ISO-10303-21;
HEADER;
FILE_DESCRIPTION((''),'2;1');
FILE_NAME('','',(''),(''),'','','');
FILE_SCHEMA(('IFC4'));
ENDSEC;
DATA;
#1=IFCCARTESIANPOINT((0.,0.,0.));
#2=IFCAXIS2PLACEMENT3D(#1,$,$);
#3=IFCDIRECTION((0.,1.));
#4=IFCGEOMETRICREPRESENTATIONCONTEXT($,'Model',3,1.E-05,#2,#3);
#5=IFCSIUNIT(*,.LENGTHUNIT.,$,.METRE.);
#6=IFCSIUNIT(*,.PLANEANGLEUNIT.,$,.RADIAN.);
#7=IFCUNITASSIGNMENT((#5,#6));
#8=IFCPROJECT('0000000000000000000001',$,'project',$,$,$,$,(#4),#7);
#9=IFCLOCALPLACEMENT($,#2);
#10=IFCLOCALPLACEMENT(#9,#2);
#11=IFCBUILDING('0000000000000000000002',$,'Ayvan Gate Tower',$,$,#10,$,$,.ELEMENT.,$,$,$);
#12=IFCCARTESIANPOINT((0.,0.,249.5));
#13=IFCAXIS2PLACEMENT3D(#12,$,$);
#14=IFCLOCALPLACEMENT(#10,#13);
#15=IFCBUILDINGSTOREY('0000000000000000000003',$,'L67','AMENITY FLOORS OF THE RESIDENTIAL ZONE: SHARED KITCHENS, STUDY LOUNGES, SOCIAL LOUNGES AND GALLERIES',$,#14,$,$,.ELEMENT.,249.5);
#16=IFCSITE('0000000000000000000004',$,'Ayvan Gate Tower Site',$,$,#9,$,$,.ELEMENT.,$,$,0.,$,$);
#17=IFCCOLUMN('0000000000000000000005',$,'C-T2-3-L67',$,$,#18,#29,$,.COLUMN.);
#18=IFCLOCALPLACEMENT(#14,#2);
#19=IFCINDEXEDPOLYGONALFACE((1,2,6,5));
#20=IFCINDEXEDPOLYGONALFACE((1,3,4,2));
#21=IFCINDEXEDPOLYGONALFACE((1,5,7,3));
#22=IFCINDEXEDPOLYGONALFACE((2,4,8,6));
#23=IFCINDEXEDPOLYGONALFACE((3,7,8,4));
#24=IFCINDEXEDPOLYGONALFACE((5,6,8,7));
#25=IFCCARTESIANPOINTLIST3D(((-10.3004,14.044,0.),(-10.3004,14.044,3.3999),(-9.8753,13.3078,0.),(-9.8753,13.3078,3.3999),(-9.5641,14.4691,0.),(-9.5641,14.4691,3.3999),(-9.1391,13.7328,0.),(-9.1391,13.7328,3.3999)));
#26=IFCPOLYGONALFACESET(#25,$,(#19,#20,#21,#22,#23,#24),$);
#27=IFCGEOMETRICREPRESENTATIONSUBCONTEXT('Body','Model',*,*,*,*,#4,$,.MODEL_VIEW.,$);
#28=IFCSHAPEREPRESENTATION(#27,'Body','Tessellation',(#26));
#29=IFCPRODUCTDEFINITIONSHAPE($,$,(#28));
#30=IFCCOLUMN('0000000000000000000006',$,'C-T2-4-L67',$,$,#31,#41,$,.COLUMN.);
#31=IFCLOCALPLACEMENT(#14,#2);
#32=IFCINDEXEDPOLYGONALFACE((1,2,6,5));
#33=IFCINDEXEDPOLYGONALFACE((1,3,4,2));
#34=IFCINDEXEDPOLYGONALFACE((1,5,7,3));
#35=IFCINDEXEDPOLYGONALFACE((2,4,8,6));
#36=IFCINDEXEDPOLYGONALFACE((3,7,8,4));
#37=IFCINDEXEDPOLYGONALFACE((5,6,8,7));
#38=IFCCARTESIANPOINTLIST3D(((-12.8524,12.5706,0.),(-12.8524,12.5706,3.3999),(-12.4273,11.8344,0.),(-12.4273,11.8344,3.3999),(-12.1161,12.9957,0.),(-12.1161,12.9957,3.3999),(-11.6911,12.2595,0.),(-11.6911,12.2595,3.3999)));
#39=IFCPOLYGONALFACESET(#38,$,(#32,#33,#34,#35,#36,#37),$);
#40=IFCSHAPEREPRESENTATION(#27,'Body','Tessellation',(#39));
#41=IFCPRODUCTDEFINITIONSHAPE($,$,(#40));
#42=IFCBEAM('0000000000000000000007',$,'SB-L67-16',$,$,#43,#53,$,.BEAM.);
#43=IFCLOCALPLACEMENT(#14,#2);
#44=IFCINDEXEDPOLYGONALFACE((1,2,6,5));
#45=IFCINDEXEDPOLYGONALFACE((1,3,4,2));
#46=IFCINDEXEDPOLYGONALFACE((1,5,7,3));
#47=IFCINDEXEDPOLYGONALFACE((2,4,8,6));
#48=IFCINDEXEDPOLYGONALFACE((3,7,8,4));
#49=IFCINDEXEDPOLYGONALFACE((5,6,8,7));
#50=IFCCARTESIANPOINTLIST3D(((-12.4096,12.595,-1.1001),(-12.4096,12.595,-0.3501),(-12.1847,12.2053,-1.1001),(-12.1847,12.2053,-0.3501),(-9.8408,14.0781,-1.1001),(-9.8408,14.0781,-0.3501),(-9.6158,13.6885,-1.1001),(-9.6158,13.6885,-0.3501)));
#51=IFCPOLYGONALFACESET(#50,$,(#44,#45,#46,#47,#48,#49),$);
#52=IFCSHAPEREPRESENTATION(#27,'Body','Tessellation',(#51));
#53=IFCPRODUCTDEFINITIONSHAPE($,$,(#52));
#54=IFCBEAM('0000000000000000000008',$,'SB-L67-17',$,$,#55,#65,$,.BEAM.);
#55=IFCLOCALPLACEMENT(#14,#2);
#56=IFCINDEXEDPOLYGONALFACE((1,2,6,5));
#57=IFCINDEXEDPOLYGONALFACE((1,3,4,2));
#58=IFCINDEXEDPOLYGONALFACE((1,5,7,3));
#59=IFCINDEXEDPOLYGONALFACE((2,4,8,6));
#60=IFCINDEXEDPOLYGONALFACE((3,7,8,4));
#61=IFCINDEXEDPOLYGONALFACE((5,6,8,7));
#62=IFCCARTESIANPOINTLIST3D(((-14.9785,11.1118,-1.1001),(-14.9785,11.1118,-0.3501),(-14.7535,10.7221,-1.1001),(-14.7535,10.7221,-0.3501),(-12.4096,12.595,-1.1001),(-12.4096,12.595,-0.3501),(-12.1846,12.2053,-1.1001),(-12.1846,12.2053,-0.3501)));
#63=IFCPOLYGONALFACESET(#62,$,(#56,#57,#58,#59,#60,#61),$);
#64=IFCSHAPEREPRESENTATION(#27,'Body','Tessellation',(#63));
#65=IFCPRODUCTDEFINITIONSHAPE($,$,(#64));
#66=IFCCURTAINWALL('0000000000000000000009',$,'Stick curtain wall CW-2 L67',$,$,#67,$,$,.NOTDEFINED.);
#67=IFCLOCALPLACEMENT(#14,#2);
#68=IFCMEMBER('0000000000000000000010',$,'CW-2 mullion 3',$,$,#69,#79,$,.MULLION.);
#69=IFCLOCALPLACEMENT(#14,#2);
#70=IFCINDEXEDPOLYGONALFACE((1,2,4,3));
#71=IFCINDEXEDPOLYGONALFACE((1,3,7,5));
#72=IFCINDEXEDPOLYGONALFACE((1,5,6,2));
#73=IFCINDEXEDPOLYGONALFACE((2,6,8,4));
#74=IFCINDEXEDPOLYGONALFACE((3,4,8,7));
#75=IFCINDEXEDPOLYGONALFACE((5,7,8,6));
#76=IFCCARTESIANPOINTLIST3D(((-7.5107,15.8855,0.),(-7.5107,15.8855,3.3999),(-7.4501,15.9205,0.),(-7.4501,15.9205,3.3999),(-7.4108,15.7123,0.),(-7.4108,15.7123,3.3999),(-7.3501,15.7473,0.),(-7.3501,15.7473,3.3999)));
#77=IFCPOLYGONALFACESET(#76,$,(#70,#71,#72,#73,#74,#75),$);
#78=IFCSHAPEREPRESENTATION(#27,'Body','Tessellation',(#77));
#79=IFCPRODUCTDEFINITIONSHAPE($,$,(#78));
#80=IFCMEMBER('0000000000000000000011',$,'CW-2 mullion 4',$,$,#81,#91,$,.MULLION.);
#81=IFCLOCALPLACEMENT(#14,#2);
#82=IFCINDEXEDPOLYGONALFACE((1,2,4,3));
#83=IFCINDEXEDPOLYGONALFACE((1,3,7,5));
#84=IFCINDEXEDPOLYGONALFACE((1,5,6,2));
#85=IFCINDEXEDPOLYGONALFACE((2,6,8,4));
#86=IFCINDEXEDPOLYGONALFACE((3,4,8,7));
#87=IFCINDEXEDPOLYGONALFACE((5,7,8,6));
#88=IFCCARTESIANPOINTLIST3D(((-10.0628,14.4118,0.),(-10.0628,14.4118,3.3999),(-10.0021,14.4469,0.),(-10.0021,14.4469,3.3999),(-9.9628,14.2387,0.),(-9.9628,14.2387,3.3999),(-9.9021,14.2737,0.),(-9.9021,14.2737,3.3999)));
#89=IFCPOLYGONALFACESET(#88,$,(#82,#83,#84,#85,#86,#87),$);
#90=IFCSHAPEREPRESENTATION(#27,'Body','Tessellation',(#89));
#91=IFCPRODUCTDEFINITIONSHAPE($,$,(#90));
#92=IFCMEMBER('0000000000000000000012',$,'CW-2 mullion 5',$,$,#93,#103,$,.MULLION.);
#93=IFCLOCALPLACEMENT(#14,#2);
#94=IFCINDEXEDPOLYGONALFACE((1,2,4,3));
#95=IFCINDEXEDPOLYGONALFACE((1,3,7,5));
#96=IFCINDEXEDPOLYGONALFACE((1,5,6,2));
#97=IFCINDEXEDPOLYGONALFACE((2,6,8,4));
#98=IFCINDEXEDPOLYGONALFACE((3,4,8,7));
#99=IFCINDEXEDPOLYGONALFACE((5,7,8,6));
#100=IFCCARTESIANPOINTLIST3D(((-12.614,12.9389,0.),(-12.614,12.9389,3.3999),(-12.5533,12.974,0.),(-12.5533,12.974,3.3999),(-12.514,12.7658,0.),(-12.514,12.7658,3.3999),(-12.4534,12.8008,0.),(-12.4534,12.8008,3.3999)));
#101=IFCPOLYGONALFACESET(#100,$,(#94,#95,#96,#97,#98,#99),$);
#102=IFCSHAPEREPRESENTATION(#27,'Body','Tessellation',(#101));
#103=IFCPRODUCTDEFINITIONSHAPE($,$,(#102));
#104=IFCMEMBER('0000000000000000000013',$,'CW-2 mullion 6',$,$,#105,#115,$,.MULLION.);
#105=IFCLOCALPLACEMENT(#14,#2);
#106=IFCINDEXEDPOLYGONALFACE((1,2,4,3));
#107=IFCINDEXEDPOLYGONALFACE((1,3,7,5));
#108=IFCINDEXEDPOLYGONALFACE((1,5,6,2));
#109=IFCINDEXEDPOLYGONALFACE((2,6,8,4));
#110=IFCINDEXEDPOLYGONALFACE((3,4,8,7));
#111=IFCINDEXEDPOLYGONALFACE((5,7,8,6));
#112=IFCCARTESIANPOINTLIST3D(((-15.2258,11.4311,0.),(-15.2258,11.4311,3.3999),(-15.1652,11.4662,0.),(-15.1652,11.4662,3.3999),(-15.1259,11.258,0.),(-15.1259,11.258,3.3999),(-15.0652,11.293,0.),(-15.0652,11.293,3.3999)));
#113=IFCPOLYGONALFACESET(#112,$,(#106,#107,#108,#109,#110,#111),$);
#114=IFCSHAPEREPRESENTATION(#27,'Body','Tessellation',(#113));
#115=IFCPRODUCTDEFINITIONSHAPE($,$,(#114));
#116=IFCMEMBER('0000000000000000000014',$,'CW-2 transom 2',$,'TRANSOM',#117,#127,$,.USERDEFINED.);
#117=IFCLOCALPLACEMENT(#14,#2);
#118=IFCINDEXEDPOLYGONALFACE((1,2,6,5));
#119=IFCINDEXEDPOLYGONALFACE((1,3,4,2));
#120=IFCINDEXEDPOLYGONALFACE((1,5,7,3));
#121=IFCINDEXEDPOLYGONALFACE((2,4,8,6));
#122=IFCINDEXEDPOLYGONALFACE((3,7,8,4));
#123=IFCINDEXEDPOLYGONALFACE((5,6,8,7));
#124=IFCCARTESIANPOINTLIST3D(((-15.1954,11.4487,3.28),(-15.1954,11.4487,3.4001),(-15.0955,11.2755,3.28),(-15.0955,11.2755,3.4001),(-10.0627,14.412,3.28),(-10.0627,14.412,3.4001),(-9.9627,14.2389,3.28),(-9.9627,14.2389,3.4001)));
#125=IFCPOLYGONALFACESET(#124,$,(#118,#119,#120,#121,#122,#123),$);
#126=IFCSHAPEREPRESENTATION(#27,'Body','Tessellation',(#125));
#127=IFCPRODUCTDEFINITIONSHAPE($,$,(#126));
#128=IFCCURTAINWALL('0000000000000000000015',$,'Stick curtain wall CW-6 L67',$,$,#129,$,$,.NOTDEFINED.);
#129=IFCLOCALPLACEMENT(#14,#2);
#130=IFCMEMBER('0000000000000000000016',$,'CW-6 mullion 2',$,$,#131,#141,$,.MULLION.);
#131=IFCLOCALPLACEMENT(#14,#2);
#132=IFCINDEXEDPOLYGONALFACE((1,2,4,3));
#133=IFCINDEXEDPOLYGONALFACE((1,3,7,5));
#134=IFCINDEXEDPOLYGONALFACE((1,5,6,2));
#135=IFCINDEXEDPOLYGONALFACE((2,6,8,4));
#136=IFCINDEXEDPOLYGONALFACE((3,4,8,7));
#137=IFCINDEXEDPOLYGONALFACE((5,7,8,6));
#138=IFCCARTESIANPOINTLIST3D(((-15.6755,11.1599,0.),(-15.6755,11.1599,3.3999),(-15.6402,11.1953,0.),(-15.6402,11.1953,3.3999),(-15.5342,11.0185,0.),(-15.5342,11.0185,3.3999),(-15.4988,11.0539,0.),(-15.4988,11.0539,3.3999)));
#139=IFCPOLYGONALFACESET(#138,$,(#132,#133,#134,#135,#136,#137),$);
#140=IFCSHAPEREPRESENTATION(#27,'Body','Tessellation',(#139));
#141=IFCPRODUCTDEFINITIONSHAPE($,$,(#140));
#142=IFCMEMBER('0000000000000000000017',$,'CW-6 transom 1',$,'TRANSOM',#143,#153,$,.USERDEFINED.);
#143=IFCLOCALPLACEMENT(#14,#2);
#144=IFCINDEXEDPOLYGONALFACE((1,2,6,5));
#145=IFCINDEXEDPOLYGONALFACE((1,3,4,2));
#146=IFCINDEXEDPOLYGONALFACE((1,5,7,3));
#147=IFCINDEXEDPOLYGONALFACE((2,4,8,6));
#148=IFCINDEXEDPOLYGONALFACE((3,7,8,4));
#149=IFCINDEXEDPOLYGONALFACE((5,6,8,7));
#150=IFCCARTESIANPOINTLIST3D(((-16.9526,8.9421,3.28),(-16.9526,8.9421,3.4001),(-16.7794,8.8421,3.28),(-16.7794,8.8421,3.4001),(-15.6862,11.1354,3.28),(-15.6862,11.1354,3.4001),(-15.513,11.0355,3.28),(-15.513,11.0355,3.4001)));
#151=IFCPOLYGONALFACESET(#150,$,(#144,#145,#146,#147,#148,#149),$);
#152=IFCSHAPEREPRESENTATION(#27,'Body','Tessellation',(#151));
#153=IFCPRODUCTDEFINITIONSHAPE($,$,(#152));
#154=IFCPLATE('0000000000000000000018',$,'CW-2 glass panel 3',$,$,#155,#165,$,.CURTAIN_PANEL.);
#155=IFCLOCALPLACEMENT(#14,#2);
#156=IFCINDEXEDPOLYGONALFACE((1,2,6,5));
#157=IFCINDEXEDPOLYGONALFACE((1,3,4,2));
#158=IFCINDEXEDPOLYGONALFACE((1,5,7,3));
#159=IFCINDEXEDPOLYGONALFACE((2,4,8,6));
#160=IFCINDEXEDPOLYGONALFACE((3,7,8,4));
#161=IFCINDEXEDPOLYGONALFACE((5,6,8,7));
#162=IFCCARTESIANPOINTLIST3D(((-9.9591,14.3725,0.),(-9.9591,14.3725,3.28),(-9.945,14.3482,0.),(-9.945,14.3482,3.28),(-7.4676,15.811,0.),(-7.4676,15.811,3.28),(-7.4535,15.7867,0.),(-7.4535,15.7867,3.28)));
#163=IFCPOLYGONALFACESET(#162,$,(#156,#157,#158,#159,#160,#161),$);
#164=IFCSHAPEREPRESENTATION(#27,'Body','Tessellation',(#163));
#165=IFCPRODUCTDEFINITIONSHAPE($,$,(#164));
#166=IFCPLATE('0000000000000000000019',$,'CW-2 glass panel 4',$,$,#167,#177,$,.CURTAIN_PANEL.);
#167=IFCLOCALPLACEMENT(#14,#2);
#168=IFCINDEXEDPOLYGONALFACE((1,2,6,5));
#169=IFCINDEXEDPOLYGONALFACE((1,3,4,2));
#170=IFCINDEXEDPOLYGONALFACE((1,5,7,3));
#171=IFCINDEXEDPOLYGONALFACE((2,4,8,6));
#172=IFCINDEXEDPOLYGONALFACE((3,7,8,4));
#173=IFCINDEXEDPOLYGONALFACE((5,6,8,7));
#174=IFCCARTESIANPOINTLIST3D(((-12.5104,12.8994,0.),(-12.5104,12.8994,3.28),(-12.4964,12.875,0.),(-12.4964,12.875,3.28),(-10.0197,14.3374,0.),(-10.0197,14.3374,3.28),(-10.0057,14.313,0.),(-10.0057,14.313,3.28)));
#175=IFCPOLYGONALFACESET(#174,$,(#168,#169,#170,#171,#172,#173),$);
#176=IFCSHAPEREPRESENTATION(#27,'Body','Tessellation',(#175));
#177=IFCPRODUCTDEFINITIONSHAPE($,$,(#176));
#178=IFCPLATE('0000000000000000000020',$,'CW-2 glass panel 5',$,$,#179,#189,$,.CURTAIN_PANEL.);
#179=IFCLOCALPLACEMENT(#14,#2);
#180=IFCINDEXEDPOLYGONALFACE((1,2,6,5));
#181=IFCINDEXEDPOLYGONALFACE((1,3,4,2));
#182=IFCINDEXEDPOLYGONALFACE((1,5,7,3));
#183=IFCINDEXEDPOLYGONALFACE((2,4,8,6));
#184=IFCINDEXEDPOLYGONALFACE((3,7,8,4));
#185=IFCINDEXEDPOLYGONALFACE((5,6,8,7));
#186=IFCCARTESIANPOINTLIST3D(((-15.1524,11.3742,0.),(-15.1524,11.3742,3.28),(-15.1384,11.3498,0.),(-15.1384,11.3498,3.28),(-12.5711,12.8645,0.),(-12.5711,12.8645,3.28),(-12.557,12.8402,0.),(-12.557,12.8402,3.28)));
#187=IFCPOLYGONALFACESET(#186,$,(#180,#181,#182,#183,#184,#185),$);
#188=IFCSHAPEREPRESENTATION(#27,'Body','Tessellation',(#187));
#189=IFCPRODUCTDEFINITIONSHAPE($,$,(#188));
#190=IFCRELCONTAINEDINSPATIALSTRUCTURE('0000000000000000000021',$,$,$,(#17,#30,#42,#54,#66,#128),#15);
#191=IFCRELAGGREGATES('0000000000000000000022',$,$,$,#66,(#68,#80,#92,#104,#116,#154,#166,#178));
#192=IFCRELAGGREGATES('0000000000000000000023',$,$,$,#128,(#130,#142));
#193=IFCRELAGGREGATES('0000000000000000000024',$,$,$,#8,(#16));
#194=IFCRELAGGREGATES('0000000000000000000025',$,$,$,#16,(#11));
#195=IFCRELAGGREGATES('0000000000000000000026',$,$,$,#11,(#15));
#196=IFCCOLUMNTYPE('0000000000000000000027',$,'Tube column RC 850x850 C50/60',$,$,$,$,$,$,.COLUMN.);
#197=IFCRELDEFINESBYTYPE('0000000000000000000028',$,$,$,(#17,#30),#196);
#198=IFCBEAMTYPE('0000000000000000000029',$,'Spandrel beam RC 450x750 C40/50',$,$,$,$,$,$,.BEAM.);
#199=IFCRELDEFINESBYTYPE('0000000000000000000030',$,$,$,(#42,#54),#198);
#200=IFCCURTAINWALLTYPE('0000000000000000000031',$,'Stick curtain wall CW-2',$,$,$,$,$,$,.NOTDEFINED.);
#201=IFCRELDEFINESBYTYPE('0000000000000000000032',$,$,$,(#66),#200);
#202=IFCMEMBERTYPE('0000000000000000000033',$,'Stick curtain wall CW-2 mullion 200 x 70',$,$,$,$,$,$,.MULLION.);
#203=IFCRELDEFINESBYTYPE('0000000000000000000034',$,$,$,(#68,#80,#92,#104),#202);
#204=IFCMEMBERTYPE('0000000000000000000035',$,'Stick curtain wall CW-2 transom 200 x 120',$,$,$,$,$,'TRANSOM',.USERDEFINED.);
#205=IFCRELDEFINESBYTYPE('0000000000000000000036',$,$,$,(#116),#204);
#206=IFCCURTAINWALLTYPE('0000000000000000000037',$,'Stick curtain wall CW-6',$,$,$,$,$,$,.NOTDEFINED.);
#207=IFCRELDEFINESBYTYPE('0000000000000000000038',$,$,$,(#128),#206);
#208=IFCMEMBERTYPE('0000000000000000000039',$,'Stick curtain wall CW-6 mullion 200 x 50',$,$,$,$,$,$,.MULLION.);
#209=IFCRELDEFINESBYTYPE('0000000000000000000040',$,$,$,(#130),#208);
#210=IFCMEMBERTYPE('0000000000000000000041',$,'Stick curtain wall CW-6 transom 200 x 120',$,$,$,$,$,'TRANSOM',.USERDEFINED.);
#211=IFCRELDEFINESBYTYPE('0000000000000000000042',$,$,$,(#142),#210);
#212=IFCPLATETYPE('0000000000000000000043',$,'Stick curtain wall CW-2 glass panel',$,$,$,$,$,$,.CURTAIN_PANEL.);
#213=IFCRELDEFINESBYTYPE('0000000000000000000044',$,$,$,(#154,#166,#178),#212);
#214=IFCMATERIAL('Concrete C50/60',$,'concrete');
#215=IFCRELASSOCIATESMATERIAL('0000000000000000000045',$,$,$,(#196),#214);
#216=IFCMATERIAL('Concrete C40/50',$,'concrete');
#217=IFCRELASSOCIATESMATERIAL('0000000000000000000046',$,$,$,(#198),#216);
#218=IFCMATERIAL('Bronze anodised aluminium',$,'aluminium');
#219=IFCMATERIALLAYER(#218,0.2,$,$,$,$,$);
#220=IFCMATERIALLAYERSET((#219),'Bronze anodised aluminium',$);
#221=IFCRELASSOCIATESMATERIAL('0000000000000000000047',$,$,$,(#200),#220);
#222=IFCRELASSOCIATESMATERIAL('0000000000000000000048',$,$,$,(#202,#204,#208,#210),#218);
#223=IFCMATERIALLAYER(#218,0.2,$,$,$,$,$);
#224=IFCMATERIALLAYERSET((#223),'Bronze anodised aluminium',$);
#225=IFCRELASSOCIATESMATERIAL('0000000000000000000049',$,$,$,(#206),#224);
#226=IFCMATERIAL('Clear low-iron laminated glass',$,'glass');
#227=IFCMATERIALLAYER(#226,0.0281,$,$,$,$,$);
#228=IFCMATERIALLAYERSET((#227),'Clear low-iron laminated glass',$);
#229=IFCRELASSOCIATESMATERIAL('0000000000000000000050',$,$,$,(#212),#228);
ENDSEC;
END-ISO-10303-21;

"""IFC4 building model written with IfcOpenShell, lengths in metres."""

from ifc_helpers import new_model, si_unit, direction, frame, origin, origin_2d, place, context, subcontext, project, spatial, rectangle, extrude, material, layer, layer_set, material_profile, profile_set, type_object, element, aggregate, save


model = new_model("IFC4")

# Units and contexts
model_context = context("Model", 3, precision=1e-05, world=origin(), true_north=direction((0.0, 1.0)))
body_context = subcontext(model_context, "Body", "Model", "MODEL_VIEW")
ifc_project = project(units=[si_unit("LENGTHUNIT", "METRE"), si_unit("PLANEANGLEUNIT", "RADIAN")], contexts=[model_context])

# Site, building, storey
site_placement = place(None, origin())
site = spatial("IfcSite", under=ifc_project, at=site_placement, Name="Ayvan Gate Tower Site", CompositionType="ELEMENT", RefElevation=0.0)
building_placement = place(site_placement, origin())
building = spatial("IfcBuilding", under=site, at=building_placement, Name="Ayvan Gate Tower", CompositionType="ELEMENT")
storey_placement = place(building_placement, frame((0.0, 0.0, 249.5)))
storey = spatial("IfcBuildingStorey", under=building, at=storey_placement, Name="L67", Description="AMENITY FLOORS OF THE RESIDENTIAL ZONE: SHARED KITCHENS, STUDY LOUNGES, SOCIAL LOUNGES AND GALLERIES", CompositionType="ELEMENT", Elevation=249.5)

# Columns
ifc_material_1 = material(Name="Concrete C50/60", Category="concrete")
ifc_material_profile_1 = material_profile(ifc_material_1, rectangle(XDim=0.8501, YDim=0.8501, at=origin_2d()), Name="RC 850x850")
ifc_profile_set_1 = profile_set([ifc_material_profile_1], Name="Concrete C50/60")
column_type = type_object("IfcColumnType", Name="Tube column RC 850x850 C50/60", PredefinedType="COLUMN", material=ifc_profile_set_1)
for number, where, z_axis, x_axis, name in (
    (1, (-9.7197, 13.8884, 0.0), (0.0, 0.0, 1.0), (-0.5, 0.866025, 0.0), "C-T2-3-L67"),
    (2, (-12.2717, 12.415, 0.0), (0.0, 0.0, 1.0), (-0.5, 0.866025, 0.0), "C-T2-4-L67"),
):
    element("IfcColumn", number, at=place(storey_placement, frame(where, z_axis=z_axis, x_axis=x_axis)), inside=storey, type_object=column_type, Name=name, PredefinedType="COLUMN", context=body_context, shape_type="SweptSolid", body=[
        extrude(rectangle(XDim=0.8501, YDim=0.8501, at=origin_2d()), origin(), (0.0, 0.0, 1.0), 3.3999),
    ])

# Beams
ifc_material_2 = material(Name="Concrete C40/50", Category="concrete")
ifc_material_profile_2 = material_profile(ifc_material_2, rectangle(XDim=0.45, YDim=0.75, at=origin_2d()), Name="RC 450x750")
ifc_profile_set_2 = profile_set([ifc_material_profile_2], Name="Concrete C40/50")
beam_type = type_object("IfcBeamType", Name="Spandrel beam RC 450x750 C40/50", PredefinedType="BEAM", material=ifc_profile_set_2)
for number, where, z_axis, x_axis, name in (
    (3, (-9.7283, 13.8833, -0.7251), (-0.866021, -0.500007, 0.0), (0.500007, -0.866021, 0.0), "SB-L67-16"),
    (4, (-12.2971, 12.4001, -0.7251), (-0.866021, -0.500007, 0.0), (0.500007, -0.866021, 0.0), "SB-L67-17"),
):
    element("IfcBeam", number, at=place(storey_placement, frame(where, z_axis=z_axis, x_axis=x_axis)), inside=storey, type_object=beam_type, Name=name, PredefinedType="BEAM", context=body_context, shape_type="SweptSolid", body=[
        extrude(rectangle(XDim=0.45, YDim=0.75, at=origin_2d()), origin(), (0.0, 0.0, 1.0), 2.9663),
    ])

# Curtain walls, members
ifc_material_3 = material(Name="Bronze anodised aluminium", Category="aluminium")
ifc_layer_1 = layer(ifc_material_3, 0.2)
ifc_layer_set_1 = layer_set([ifc_layer_1], Name="Bronze anodised aluminium")
curtain_wall_type_1 = type_object("IfcCurtainWallType", Name="Stick curtain wall CW-2", PredefinedType="NOTDEFINED", material=ifc_layer_set_1)
curtain_wall_1_placement = place(storey_placement, origin())
curtain_wall_1 = element("IfcCurtainWall", 5, at=curtain_wall_1_placement, inside=storey, type_object=curtain_wall_type_1, Name="Stick curtain wall CW-2 L67", PredefinedType="NOTDEFINED")
ifc_material_profile_3 = material_profile(ifc_material_3, rectangle(XDim=0.2, YDim=0.0701, at=origin_2d()), Name="Stick curtain wall CW-2 mullion 200 x 70")
ifc_profile_set_3 = profile_set([ifc_material_profile_3], Name="Bronze anodised aluminium")
member_type_1 = type_object("IfcMemberType", Name="Stick curtain wall CW-2 mullion 200 x 70", PredefinedType="MULLION", material=ifc_profile_set_3)
member_1_placement = place(storey_placement, frame((-7.4304, 15.8164, 0.0), z_axis=(0.0, 0.0, 1.0), x_axis=(-0.5, 0.866025, 0.0)))
member_1 = element("IfcMember", 6, at=member_1_placement, type_object=member_type_1, Name="CW-2 mullion 3", PredefinedType="MULLION", context=body_context, shape_type="SweptSolid", body=[
    extrude(rectangle(XDim=0.2, YDim=0.0701, at=origin_2d()), origin(), (0.0, 0.0, 1.0), 3.3999),
])
member_2_placement = place(storey_placement, frame((-9.9824, 14.3428, 0.0), z_axis=(0.0, 0.0, 1.0), x_axis=(-0.5, 0.866025, 0.0)))
member_2 = element("IfcMember", 7, at=member_2_placement, type_object=member_type_1, Name="CW-2 mullion 4", PredefinedType="MULLION", context=body_context, shape_type="SweptSolid", body=[
    extrude(rectangle(XDim=0.2, YDim=0.0701, at=origin_2d()), origin(), (0.0, 0.0, 1.0), 3.3999),
])
member_3_placement = place(storey_placement, frame((-12.5337, 12.8699, 0.0), z_axis=(0.0, 0.0, 1.0), x_axis=(-0.5, 0.866025, 0.0)))
member_3 = element("IfcMember", 8, at=member_3_placement, type_object=member_type_1, Name="CW-2 mullion 5", PredefinedType="MULLION", context=body_context, shape_type="SweptSolid", body=[
    extrude(rectangle(XDim=0.2, YDim=0.0701, at=origin_2d()), origin(), (0.0, 0.0, 1.0), 3.3999),
])
member_4_placement = place(storey_placement, frame((-15.1455, 11.3621, 0.0), z_axis=(0.0, 0.0, 1.0), x_axis=(-0.5, 0.866025, 0.0)))
member_4 = element("IfcMember", 9, at=member_4_placement, type_object=member_type_1, Name="CW-2 mullion 6", PredefinedType="MULLION", context=body_context, shape_type="SweptSolid", body=[
    extrude(rectangle(XDim=0.2, YDim=0.0701, at=origin_2d()), origin(), (0.0, 0.0, 1.0), 3.3999),
])
ifc_material_profile_4 = material_profile(ifc_material_3, rectangle(XDim=0.2, YDim=0.1201, at=origin_2d()), Name="Stick curtain wall CW-2 transom 200 x 120")
ifc_profile_set_4 = profile_set([ifc_material_profile_4], Name="Bronze anodised aluminium")
member_type_2 = type_object("IfcMemberType", Name="Stick curtain wall CW-2 transom 200 x 120", ElementType="TRANSOM", PredefinedType="USERDEFINED", material=ifc_profile_set_4)
member_5_placement = place(storey_placement, frame((-10.0127, 14.3254, 3.3401), z_axis=(-0.866029, -0.499993, 0.0), x_axis=(0.499993, -0.866029, 0.0)))
member_5 = element("IfcMember", 10, at=member_5_placement, type_object=member_type_2, Name="CW-2 transom 2", ObjectType="TRANSOM", PredefinedType="USERDEFINED", context=body_context, shape_type="SweptSolid", body=[
    extrude(rectangle(XDim=0.2, YDim=0.1201, at=origin_2d()), origin(), (0.0, 0.0, 1.0), 5.9268),
])
ifc_layer_2 = layer(ifc_material_3, 0.2)
ifc_layer_set_2 = layer_set([ifc_layer_2], Name="Bronze anodised aluminium")
curtain_wall_type_2 = type_object("IfcCurtainWallType", Name="Stick curtain wall CW-6", PredefinedType="NOTDEFINED", material=ifc_layer_set_2)
curtain_wall_2_placement = place(storey_placement, origin())
curtain_wall_2 = element("IfcCurtainWall", 11, at=curtain_wall_2_placement, inside=storey, type_object=curtain_wall_type_2, Name="Stick curtain wall CW-6 L67", PredefinedType="NOTDEFINED")
ifc_material_profile_5 = material_profile(ifc_material_3, rectangle(XDim=0.2, YDim=0.05, at=origin_2d()), Name="Stick curtain wall CW-6 mullion 200 x 50")
ifc_profile_set_5 = profile_set([ifc_material_profile_5], Name="Bronze anodised aluminium")
member_type_3 = type_object("IfcMemberType", Name="Stick curtain wall CW-6 mullion 200 x 50", PredefinedType="MULLION", material=ifc_profile_set_5)
member_6_placement = place(storey_placement, frame((-15.5872, 11.1069, 0.0), z_axis=(0.0, 0.0, 1.0), x_axis=(-0.707107, 0.707107, 0.0)))
member_6 = element("IfcMember", 12, at=member_6_placement, type_object=member_type_3, Name="CW-6 mullion 2", PredefinedType="MULLION", context=body_context, shape_type="SweptSolid", body=[
    extrude(rectangle(XDim=0.2, YDim=0.05, at=origin_2d()), origin(), (0.0, 0.0, 1.0), 3.3999),
])
ifc_material_profile_6 = material_profile(ifc_material_3, rectangle(XDim=0.2, YDim=0.1201, at=origin_2d()), Name="Stick curtain wall CW-6 transom 200 x 120")
ifc_profile_set_6 = profile_set([ifc_material_profile_6], Name="Bronze anodised aluminium")
member_type_4 = type_object("IfcMemberType", Name="Stick curtain wall CW-6 transom 200 x 120", ElementType="TRANSOM", PredefinedType="USERDEFINED", material=ifc_profile_set_6)
member_7_placement = place(storey_placement, frame((-15.5996, 11.0854, 3.3401), z_axis=(-0.500006, -0.866022, 0.0), x_axis=(0.866022, -0.500006, 0.0)))
member_7 = element("IfcMember", 13, at=member_7_placement, type_object=member_type_4, Name="CW-6 transom 1", ObjectType="TRANSOM", PredefinedType="USERDEFINED", context=body_context, shape_type="SweptSolid", body=[
    extrude(rectangle(XDim=0.2, YDim=0.1201, at=origin_2d()), origin(), (0.0, 0.0, 1.0), 2.5327),
])

# Plates
ifc_material_4 = material(Name="Clear low-iron laminated glass", Category="glass")
ifc_layer_3 = layer(ifc_material_4, 0.0281)
ifc_layer_set_3 = layer_set([ifc_layer_3], Name="Clear low-iron laminated glass")
plate_type_1 = type_object("IfcPlateType", Name="Stick curtain wall CW-2 glass panel", PredefinedType="CURTAIN_PANEL", material=ifc_layer_set_3)
plate_1_placement = place(storey_placement, frame((-8.7063, 15.0796, 0.0), z_axis=(0.0, 0.0, 1.0), x_axis=(-0.866025, -0.5, 0.0)))
plate_1 = element("IfcPlate", 14, at=plate_1_placement, type_object=plate_type_1, Name="CW-2 glass panel 3", PredefinedType="CURTAIN_PANEL", context=body_context, shape_type="SweptSolid", body=[
    extrude(rectangle(XDim=2.877, YDim=0.0281, at=origin_2d()), origin(), (0.0, 0.0, 1.0), 3.28),
])
plate_2_placement = place(storey_placement, frame((-11.2581, 13.6062, 0.0), z_axis=(0.0, 0.0, 1.0), x_axis=(-0.866025, -0.5, 0.0)))
plate_2 = element("IfcPlate", 15, at=plate_2_placement, type_object=plate_type_1, Name="CW-2 glass panel 4", PredefinedType="CURTAIN_PANEL", context=body_context, shape_type="SweptSolid", body=[
    extrude(rectangle(XDim=2.876, YDim=0.0281, at=origin_2d()), origin(), (0.0, 0.0, 1.0), 3.28),
])
plate_3_placement = place(storey_placement, frame((-13.8547, 12.1072, 0.0), z_axis=(0.0, 0.0, 1.0), x_axis=(-0.866025, -0.5, 0.0)))
plate_3 = element("IfcPlate", 16, at=plate_3_placement, type_object=plate_type_1, Name="CW-2 glass panel 5", PredefinedType="CURTAIN_PANEL", context=body_context, shape_type="SweptSolid", body=[
    extrude(rectangle(XDim=2.9807, YDim=0.0281, at=origin_2d()), origin(), (0.0, 0.0, 1.0), 3.28),
])
aggregate(curtain_wall_1, [member_1, member_2, member_3, member_4, member_5, plate_1, plate_2, plate_3])
aggregate(curtain_wall_2, [member_6, member_7])

save(model, "model.ifc")
